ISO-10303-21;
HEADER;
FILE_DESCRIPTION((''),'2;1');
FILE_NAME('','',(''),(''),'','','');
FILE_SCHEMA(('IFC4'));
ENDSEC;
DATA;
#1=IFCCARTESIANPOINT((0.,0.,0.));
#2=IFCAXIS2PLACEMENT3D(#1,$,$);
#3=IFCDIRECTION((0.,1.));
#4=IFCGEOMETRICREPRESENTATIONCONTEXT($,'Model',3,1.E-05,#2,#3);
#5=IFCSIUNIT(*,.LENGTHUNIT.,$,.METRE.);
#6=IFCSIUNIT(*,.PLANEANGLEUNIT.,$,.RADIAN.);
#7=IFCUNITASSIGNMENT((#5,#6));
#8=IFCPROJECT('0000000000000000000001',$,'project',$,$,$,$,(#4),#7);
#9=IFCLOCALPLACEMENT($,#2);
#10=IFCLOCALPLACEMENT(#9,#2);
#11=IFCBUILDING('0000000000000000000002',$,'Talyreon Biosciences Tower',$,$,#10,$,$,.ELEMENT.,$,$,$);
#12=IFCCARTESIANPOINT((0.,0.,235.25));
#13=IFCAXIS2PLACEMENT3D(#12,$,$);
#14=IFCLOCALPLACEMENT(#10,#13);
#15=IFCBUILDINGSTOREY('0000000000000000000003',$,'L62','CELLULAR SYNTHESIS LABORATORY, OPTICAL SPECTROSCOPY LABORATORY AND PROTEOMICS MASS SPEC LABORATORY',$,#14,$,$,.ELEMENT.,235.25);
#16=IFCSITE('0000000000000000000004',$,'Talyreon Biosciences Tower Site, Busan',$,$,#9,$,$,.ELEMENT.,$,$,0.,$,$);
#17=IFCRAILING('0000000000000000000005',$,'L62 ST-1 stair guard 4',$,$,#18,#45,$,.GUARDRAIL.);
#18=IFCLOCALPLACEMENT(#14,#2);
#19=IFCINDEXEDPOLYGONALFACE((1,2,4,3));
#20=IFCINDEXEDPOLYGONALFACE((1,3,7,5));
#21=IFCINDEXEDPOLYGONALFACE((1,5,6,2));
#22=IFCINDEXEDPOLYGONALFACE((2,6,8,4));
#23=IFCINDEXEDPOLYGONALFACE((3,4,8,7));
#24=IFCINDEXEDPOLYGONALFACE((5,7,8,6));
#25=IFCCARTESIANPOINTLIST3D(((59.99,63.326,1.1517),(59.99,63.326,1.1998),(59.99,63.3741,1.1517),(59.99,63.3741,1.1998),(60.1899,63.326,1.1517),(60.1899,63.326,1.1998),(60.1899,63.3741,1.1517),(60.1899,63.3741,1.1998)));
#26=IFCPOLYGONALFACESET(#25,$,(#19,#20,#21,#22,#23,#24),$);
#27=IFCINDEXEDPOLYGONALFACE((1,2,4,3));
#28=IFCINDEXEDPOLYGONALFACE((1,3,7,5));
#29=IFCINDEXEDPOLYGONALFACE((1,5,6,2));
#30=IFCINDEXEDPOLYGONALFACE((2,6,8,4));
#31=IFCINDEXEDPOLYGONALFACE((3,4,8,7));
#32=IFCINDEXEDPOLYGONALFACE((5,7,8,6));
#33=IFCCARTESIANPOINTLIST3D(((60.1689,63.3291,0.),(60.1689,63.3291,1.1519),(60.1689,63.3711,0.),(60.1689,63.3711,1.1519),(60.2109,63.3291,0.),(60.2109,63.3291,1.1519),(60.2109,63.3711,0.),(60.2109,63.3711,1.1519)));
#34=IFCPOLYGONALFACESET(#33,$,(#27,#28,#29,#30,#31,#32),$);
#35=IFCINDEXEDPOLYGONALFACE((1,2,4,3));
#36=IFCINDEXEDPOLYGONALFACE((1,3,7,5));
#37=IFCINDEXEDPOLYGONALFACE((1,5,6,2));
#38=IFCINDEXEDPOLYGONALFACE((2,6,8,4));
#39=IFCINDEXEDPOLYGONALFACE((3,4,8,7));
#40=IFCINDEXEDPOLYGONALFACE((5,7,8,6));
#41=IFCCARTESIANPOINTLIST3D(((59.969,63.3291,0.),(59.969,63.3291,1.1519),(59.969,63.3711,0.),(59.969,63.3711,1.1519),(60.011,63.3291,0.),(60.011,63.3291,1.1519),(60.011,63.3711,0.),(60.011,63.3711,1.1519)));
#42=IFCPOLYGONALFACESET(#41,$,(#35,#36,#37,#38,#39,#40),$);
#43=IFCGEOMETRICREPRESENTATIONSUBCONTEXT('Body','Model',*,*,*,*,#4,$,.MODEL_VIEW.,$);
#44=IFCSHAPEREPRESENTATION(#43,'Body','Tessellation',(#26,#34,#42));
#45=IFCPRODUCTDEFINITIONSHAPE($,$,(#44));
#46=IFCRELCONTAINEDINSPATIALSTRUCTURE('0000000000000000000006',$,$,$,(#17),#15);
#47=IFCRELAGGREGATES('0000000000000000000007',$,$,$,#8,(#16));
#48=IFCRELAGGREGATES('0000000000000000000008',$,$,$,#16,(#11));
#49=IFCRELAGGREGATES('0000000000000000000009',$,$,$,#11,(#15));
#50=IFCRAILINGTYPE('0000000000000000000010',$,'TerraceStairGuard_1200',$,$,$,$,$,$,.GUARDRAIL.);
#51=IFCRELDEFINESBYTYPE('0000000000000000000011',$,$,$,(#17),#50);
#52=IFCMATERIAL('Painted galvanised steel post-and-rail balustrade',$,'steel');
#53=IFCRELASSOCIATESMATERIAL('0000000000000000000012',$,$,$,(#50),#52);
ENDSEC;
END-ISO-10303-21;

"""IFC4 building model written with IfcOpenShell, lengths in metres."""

from ifc_helpers import new_model, si_unit, direction, frame, origin, origin_2d, place, context, subcontext, project, spatial, rectangle, extrude, material, type_object, element, save


model = new_model("IFC4")

# Units and contexts
model_context = context("Model", 3, precision=1e-05, world=origin(), true_north=direction((0.0, 1.0)))
body_context = subcontext(model_context, "Body", "Model", "MODEL_VIEW")
ifc_project = project(units=[si_unit("LENGTHUNIT", "METRE"), si_unit("PLANEANGLEUNIT", "RADIAN")], contexts=[model_context])

# Site, building, storey
site_placement = place(None, origin())
site = spatial("IfcSite", under=ifc_project, at=site_placement, Name="Talyreon Biosciences Tower Site, Busan", CompositionType="ELEMENT", RefElevation=0.0)
building_placement = place(site_placement, origin())
building = spatial("IfcBuilding", under=site, at=building_placement, Name="Talyreon Biosciences Tower", CompositionType="ELEMENT")
storey_placement = place(building_placement, frame((0.0, 0.0, 235.25)))
storey = spatial("IfcBuildingStorey", under=building, at=storey_placement, Name="L62", Description="CELLULAR SYNTHESIS LABORATORY, OPTICAL SPECTROSCOPY LABORATORY AND PROTEOMICS MASS SPEC LABORATORY", CompositionType="ELEMENT", Elevation=235.25)

# Railing
ifc_material_1 = material(Name="Painted galvanised steel post-and-rail balustrade", Category="steel")
railing_type_1 = type_object("IfcRailingType", Name="TerraceStairGuard_1200", PredefinedType="GUARDRAIL", material=ifc_material_1)
railing_1_placement = place(storey_placement, frame((60.1899, 63.3501, 0.0)))
element("IfcRailing", 1, at=railing_1_placement, inside=storey, type_object=railing_type_1, Name="L62 ST-1 stair guard 4", PredefinedType="GUARDRAIL", context=body_context, shape_type="SweptSolid", body=[
    extrude(rectangle(XDim=0.0481, YDim=0.0481, at=origin_2d()), frame((0.0, 0.0, 1.1758), z_axis=(-1.0, 0.0, 0.0), x_axis=(0.0, -1.0, 0.0)), (0.0, 0.0, 1.0), 0.2),
    extrude(rectangle(XDim=0.042, YDim=0.042, at=origin_2d()), origin(), (0.0, 0.0, 1.0), 1.1519),
    extrude(rectangle(XDim=0.042, YDim=0.042, at=origin_2d()), frame((-0.2, 0.0, 0.0)), (0.0, 0.0, 1.0), 1.1519),
])

save(model, "model.ifc")
